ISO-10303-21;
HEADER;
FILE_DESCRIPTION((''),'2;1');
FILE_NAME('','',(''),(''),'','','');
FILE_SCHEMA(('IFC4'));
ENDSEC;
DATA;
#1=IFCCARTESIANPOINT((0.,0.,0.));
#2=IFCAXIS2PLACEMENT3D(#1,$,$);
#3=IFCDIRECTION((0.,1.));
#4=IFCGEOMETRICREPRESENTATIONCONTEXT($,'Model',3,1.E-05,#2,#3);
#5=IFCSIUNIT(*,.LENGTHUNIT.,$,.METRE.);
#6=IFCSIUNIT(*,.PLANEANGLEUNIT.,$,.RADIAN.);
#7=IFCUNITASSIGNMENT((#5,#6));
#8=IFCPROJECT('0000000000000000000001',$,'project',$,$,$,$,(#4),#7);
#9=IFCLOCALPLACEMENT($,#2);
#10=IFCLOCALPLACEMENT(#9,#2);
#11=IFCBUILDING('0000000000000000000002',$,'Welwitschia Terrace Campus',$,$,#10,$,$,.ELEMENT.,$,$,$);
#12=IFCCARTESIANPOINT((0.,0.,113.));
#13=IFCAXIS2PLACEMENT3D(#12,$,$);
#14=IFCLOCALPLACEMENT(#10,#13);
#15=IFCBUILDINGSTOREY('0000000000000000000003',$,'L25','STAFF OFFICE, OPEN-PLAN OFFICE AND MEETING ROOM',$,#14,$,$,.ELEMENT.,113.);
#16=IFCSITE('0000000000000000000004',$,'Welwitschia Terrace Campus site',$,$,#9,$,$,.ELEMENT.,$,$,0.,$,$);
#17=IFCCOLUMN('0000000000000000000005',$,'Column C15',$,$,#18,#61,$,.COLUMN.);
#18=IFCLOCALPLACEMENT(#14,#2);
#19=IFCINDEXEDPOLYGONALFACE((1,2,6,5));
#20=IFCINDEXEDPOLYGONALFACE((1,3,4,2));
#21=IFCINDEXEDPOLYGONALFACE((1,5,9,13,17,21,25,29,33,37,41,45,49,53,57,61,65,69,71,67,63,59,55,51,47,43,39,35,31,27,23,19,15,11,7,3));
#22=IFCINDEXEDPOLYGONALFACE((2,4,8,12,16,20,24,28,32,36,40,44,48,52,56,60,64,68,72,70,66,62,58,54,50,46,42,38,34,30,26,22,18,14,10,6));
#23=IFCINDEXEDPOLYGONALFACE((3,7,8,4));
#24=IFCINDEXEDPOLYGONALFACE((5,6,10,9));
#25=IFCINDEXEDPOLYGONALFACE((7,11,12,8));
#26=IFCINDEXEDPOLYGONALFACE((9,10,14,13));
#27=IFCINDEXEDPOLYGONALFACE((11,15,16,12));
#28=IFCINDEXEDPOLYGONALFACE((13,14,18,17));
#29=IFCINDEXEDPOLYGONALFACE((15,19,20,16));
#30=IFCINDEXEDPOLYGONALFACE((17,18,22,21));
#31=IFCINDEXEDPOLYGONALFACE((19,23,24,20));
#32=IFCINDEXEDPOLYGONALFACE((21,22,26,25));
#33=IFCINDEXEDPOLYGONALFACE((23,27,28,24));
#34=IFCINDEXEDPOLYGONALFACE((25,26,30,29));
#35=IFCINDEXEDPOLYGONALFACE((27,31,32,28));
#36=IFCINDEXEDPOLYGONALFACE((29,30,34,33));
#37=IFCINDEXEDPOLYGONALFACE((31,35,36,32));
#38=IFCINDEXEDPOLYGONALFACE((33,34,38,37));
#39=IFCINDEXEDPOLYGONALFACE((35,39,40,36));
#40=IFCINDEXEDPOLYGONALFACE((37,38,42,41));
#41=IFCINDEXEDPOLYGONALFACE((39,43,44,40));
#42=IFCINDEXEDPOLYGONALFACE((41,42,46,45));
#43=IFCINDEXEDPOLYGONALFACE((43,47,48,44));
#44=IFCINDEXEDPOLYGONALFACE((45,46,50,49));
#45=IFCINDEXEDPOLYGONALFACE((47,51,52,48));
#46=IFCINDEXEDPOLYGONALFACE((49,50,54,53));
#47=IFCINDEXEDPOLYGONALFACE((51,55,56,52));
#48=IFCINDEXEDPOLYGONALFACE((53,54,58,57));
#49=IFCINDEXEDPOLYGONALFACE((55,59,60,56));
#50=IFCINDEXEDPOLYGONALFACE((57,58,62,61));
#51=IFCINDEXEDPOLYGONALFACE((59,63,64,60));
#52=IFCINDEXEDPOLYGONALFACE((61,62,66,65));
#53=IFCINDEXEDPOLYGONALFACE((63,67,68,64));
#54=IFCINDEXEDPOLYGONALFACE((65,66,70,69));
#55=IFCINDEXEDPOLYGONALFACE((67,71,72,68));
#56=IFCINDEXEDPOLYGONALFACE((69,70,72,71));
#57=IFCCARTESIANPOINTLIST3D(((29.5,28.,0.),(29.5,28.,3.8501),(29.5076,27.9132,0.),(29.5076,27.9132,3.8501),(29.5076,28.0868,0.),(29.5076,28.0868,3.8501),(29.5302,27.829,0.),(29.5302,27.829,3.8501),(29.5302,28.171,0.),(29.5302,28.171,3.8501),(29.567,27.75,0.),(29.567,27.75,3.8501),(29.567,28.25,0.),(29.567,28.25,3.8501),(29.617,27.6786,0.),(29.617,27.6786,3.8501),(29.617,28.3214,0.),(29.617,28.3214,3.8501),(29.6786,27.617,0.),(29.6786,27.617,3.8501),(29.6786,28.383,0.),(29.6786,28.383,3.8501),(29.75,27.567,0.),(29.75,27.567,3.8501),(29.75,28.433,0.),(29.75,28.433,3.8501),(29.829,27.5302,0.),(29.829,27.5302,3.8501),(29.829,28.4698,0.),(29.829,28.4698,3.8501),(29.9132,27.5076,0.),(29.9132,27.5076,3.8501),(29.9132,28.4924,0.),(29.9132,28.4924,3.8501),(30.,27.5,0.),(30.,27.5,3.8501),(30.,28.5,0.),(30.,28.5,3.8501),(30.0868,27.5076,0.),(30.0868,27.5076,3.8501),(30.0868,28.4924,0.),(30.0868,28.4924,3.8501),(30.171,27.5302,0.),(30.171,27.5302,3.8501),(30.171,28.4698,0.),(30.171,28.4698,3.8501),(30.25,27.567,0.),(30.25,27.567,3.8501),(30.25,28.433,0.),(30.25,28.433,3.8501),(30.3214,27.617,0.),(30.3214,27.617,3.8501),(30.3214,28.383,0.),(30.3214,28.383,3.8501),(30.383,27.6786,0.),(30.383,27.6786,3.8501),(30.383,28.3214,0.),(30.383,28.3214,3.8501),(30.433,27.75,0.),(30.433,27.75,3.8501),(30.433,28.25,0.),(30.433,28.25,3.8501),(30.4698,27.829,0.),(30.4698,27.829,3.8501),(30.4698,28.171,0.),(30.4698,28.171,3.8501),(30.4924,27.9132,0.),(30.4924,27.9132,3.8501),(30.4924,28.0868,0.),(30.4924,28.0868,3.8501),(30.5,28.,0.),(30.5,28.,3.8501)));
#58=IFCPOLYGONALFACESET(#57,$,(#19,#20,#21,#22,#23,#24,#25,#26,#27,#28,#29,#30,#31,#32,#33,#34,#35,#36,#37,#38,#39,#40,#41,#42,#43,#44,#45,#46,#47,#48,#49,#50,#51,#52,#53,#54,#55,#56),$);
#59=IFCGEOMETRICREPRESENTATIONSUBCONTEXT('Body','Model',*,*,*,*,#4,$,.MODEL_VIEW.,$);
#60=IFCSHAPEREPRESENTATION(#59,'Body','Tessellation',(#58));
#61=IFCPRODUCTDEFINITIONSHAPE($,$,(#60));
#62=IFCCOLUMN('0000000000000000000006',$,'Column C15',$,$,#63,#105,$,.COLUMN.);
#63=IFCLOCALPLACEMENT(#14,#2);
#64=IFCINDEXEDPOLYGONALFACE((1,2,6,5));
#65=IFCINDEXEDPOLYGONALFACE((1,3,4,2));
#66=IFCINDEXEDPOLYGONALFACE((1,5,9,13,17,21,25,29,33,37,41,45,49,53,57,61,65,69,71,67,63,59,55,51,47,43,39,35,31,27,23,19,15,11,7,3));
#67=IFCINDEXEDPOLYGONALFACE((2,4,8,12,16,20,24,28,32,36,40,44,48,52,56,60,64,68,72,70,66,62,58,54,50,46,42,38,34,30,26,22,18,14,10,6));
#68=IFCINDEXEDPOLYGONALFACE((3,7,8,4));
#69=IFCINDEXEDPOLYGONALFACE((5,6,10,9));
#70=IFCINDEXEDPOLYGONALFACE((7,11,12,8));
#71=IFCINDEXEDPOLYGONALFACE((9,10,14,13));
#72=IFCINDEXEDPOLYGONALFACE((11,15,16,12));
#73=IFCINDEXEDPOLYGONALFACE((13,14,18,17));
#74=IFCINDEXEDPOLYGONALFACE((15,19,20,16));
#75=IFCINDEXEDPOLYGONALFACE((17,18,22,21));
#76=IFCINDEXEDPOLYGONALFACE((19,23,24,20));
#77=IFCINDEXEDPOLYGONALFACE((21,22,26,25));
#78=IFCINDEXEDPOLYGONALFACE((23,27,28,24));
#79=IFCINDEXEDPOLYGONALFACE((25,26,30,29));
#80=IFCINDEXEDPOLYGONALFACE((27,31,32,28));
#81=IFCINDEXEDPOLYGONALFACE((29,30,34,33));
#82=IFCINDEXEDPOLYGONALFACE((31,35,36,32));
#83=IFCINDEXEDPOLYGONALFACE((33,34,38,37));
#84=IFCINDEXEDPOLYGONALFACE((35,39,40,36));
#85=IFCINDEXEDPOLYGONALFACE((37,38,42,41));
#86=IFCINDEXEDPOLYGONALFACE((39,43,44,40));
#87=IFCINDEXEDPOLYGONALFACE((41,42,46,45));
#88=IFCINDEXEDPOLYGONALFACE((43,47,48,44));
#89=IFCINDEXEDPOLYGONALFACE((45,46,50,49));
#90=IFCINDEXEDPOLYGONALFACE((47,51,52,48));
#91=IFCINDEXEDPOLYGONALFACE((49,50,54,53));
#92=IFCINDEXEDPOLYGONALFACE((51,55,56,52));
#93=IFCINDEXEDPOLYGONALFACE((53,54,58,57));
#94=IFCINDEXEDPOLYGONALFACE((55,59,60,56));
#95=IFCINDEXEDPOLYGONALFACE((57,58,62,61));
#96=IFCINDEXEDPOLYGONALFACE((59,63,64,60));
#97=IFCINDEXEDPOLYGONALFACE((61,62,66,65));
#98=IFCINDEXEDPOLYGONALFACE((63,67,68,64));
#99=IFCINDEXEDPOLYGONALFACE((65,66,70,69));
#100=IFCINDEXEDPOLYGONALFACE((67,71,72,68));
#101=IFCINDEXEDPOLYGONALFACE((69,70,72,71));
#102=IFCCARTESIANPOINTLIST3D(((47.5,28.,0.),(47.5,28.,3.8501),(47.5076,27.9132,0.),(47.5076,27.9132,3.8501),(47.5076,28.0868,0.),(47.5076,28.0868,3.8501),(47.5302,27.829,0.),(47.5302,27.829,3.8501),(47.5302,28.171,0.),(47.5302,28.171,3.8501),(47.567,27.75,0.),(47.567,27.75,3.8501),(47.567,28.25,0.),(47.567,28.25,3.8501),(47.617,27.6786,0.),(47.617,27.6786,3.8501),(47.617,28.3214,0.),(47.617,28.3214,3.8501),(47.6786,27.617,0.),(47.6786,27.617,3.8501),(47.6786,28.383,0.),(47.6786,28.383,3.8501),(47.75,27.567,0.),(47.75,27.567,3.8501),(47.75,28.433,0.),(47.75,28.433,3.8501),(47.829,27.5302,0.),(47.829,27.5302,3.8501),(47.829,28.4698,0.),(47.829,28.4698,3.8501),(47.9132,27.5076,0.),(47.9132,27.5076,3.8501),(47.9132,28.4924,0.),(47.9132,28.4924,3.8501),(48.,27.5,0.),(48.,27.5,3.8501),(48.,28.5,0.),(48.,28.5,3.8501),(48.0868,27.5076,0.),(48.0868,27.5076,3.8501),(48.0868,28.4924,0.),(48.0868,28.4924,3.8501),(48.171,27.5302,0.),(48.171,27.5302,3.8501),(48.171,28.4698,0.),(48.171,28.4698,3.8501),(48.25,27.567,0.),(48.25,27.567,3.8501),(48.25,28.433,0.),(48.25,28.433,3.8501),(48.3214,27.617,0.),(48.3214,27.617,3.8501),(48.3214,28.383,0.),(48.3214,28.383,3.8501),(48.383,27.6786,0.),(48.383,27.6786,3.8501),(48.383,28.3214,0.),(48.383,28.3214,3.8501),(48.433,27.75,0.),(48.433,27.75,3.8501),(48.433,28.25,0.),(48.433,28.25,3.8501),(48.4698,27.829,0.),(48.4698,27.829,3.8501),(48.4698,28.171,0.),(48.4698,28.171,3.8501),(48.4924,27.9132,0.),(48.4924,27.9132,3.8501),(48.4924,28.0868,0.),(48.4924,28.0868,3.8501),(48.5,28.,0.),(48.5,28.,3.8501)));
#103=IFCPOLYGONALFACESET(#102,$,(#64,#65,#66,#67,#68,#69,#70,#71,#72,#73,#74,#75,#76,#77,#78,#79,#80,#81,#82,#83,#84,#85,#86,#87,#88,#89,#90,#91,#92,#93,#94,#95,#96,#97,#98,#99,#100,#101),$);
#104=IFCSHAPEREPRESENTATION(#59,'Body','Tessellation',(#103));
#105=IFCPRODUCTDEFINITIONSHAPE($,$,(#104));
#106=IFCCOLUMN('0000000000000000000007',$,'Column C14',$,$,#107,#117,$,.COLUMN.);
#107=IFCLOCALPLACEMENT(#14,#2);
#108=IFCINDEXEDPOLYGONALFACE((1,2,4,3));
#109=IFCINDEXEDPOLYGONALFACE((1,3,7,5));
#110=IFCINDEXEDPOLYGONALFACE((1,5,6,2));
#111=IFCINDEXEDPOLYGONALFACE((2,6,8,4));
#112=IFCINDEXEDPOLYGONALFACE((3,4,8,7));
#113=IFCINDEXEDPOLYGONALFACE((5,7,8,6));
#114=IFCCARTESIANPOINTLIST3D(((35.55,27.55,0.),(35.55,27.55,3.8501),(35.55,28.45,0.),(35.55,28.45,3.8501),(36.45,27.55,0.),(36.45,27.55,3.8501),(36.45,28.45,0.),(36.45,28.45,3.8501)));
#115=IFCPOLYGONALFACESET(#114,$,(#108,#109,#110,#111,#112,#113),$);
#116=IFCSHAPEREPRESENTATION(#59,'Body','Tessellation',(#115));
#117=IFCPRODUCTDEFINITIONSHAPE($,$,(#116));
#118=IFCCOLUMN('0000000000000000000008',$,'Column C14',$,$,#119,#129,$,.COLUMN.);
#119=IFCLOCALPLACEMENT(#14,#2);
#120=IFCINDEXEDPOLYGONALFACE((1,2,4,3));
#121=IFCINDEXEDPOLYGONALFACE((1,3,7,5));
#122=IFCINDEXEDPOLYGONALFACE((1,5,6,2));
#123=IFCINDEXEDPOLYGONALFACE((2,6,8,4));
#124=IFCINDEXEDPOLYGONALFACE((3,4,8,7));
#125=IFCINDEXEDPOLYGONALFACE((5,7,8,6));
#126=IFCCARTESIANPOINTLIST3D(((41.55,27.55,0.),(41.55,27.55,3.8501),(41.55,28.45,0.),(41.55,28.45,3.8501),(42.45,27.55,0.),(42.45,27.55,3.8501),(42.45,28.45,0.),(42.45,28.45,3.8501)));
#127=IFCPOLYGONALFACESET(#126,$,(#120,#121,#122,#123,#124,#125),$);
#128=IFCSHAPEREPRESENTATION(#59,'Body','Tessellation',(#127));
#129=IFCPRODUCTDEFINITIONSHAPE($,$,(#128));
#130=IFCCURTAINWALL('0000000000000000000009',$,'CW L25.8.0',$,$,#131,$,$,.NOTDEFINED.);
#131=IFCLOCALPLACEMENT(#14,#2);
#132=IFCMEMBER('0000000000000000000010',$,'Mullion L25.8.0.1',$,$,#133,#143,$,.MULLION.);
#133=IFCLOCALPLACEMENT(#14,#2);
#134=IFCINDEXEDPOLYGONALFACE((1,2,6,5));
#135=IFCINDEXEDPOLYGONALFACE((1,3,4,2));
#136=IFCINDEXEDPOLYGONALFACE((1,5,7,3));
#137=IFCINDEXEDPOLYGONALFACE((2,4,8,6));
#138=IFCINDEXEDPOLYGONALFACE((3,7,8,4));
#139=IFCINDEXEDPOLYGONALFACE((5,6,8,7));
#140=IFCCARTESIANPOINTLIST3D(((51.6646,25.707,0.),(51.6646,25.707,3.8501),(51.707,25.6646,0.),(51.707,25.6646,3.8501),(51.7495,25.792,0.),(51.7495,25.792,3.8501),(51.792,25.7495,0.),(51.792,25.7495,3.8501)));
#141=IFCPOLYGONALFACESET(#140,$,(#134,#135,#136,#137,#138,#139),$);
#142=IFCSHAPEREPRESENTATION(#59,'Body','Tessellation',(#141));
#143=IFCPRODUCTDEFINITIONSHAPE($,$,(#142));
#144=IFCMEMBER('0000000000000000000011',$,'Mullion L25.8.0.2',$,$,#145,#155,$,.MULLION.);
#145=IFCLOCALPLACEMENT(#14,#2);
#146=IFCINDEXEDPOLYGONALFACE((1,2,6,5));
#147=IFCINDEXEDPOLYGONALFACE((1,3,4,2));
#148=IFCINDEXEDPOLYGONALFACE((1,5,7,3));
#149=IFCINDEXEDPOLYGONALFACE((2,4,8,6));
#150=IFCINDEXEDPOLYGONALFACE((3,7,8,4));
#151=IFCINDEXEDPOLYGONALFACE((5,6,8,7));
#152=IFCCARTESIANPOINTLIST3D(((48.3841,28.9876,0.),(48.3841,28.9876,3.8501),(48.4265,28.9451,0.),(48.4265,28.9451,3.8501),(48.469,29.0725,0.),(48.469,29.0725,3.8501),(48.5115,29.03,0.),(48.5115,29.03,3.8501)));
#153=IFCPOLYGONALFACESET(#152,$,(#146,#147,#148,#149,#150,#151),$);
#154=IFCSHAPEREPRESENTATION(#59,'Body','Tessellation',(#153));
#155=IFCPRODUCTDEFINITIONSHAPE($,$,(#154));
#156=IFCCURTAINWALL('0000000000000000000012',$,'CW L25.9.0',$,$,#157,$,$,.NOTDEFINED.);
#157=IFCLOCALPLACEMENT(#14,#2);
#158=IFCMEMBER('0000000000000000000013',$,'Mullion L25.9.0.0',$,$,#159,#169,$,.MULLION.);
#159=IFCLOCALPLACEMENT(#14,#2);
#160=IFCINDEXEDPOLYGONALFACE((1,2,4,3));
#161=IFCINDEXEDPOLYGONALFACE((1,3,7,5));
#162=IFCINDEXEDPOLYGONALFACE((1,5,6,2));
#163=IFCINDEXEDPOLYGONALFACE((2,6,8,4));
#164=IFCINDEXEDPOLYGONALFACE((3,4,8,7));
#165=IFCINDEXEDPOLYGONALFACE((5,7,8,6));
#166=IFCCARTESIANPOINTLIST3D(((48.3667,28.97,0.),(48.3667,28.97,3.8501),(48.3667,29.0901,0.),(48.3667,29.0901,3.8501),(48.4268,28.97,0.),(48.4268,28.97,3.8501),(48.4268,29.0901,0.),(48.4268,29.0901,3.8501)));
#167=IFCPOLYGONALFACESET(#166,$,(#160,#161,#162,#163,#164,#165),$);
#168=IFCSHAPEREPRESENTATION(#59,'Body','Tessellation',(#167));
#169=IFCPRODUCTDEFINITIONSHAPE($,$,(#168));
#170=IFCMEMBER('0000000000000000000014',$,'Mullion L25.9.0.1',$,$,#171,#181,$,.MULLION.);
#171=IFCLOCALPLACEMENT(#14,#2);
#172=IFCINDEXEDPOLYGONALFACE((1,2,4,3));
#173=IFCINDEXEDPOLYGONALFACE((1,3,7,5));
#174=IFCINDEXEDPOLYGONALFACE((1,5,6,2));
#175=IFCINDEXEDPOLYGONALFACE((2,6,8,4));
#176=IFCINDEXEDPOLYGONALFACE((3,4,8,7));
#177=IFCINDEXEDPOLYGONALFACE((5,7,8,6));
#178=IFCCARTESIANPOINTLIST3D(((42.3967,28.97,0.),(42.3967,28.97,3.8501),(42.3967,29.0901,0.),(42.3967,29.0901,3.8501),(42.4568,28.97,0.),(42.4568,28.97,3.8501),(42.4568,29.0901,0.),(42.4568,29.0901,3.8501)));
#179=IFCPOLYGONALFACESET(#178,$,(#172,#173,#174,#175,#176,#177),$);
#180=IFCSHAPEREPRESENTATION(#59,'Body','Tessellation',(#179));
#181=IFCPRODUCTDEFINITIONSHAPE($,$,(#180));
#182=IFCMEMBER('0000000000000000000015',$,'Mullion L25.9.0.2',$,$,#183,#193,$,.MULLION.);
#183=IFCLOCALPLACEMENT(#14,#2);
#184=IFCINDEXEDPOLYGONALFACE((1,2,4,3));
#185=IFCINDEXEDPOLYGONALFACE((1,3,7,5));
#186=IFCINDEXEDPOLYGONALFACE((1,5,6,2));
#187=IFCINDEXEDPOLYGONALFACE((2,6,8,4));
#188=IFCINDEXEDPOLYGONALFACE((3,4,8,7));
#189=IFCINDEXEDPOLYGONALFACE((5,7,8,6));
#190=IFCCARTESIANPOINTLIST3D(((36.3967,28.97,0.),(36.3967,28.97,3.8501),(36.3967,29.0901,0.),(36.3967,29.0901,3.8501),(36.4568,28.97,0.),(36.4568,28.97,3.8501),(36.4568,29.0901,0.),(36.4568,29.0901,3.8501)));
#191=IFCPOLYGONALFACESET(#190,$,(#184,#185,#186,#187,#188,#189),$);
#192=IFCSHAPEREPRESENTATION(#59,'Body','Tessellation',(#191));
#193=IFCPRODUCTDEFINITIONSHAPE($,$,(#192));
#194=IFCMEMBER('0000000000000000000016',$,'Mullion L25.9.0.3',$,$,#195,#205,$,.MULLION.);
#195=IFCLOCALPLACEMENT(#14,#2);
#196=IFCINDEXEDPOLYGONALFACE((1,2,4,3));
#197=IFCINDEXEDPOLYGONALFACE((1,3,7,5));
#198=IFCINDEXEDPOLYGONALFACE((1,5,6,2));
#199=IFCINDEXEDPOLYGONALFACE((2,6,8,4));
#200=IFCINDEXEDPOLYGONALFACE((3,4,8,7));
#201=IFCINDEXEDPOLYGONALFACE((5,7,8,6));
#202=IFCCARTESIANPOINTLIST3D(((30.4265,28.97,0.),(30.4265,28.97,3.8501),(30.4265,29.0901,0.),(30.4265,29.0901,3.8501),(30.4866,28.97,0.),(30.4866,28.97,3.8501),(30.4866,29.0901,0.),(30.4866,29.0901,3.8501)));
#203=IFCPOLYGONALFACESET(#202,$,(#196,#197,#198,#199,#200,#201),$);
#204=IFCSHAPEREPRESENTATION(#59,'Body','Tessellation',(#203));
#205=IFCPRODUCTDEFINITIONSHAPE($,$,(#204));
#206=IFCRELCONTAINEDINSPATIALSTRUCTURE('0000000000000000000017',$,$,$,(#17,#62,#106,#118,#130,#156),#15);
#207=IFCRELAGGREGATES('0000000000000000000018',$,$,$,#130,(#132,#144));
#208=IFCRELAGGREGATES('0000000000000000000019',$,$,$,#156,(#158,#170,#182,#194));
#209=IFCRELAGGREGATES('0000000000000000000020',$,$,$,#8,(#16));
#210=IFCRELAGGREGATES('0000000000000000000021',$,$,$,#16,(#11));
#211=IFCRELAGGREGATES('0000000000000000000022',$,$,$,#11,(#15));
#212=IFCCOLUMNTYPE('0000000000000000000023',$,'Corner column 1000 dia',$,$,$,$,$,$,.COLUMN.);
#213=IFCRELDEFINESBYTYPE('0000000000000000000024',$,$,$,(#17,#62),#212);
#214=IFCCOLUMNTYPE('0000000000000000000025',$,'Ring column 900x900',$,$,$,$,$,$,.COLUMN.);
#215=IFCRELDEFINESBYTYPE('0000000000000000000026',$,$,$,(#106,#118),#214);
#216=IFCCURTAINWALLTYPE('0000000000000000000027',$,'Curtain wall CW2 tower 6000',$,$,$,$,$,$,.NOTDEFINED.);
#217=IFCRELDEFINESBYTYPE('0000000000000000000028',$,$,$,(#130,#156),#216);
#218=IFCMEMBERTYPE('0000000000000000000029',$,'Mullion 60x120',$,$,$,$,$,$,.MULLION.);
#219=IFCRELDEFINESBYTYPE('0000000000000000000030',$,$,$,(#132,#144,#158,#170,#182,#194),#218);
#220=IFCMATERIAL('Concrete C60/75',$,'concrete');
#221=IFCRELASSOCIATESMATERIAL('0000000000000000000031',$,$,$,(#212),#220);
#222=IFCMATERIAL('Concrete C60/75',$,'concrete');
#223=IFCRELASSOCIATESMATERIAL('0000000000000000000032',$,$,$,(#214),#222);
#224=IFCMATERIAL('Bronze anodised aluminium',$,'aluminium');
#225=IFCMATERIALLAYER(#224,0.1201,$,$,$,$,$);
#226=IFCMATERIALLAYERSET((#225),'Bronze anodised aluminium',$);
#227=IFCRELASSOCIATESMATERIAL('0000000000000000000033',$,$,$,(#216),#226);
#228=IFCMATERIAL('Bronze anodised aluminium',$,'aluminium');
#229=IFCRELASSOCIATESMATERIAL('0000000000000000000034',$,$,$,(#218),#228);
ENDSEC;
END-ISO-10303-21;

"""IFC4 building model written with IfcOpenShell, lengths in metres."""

from ifc_helpers import new_model, si_unit, direction, frame, origin, origin_2d, place, context, subcontext, project, spatial, rectangle, circle, extrude, material, layer, layer_set, material_profile, profile_set, type_object, element, aggregate, save


model = new_model("IFC4")

# Units and contexts
model_context = context("Model", 3, precision=1e-05, world=origin(), true_north=direction((0.0, 1.0)))
body_context = subcontext(model_context, "Body", "Model", "MODEL_VIEW")
ifc_project = project(units=[si_unit("LENGTHUNIT", "METRE"), si_unit("PLANEANGLEUNIT", "RADIAN")], contexts=[model_context])

# Site, building, storey
site_placement = place(None, origin())
site = spatial("IfcSite", under=ifc_project, at=site_placement, Name="Welwitschia Terrace Campus site", CompositionType="ELEMENT", RefElevation=0.0)
building_placement = place(site_placement, origin())
building = spatial("IfcBuilding", under=site, at=building_placement, Name="Welwitschia Terrace Campus", CompositionType="ELEMENT")
storey_placement = place(building_placement, frame((0.0, 0.0, 113.0)))
storey = spatial("IfcBuildingStorey", under=building, at=storey_placement, Name="L25", Description="STAFF OFFICE, OPEN-PLAN OFFICE AND MEETING ROOM", CompositionType="ELEMENT", Elevation=113.0)

# Columns
ifc_material_1 = material(Name="Concrete C60/75", Category="concrete")
ifc_material_profile_1 = material_profile(ifc_material_1, circle(Radius=0.5, at=origin_2d()))
ifc_profile_set_1 = profile_set([ifc_material_profile_1], Name="Concrete C60/75")
column_type_1 = type_object("IfcColumnType", Name="Corner column 1000 dia", PredefinedType="COLUMN", material=ifc_profile_set_1)
for number, where, z_axis, x_axis, name in (
    (1, (30.0, 28.0, 0.0), (0.0, 0.0, 1.0), (1.0, 0.0, 0.0), "Column C15"),
    (2, (48.0, 28.0, 0.0), (0.0, 0.0, 1.0), (1.0, 0.0, 0.0), "Column C15"),
):
    element("IfcColumn", number, at=place(storey_placement, frame(where, z_axis=z_axis, x_axis=x_axis)), inside=storey, type_object=column_type_1, Name=name, PredefinedType="COLUMN", context=body_context, shape_type="SweptSolid", body=[
        extrude(circle(Radius=0.5, at=origin_2d()), origin(), (0.0, 0.0, 1.0), 3.8501),
    ])
ifc_material_2 = material(Name="Concrete C60/75", Category="concrete")
ifc_material_profile_2 = material_profile(ifc_material_2, rectangle(XDim=0.8999, YDim=0.8999, at=origin_2d()))
ifc_profile_set_2 = profile_set([ifc_material_profile_2], Name="Concrete C60/75")
column_type_2 = type_object("IfcColumnType", Name="Ring column 900x900", PredefinedType="COLUMN", material=ifc_profile_set_2)
for number, where, z_axis, x_axis, name in (
    (3, (36.0, 28.0, 0.0), (0.0, 0.0, 1.0), (1.0, 0.0, 0.0), "Column C14"),
    (4, (42.0, 28.0, 0.0), (0.0, 0.0, 1.0), (1.0, 0.0, 0.0), "Column C14"),
):
    element("IfcColumn", number, at=place(storey_placement, frame(where, z_axis=z_axis, x_axis=x_axis)), inside=storey, type_object=column_type_2, Name=name, PredefinedType="COLUMN", context=body_context, shape_type="SweptSolid", body=[
        extrude(rectangle(XDim=0.8999, YDim=0.8999, at=origin_2d()), origin(), (0.0, 0.0, 1.0), 3.8501),
    ])

# Curtain walls, members
ifc_material_3 = material(Name="Bronze anodised aluminium", Category="aluminium")
ifc_layer_1 = layer(ifc_material_3, 0.1201)
ifc_layer_set_1 = layer_set([ifc_layer_1], Name="Bronze anodised aluminium")
curtain_wall_type = type_object("IfcCurtainWallType", Name="Curtain wall CW2 tower 6000", PredefinedType="NOTDEFINED", material=ifc_layer_set_1)
curtain_wall_1_placement = place(storey_placement, origin())
curtain_wall_1 = element("IfcCurtainWall", 5, at=curtain_wall_1_placement, inside=storey, type_object=curtain_wall_type, Name="CW L25.8.0", PredefinedType="NOTDEFINED")
ifc_material_4 = material(Name="Bronze anodised aluminium", Category="aluminium")
ifc_material_profile_3 = material_profile(ifc_material_4, rectangle(XDim=0.1201, YDim=0.0601, at=origin_2d()))
ifc_profile_set_3 = profile_set([ifc_material_profile_3], Name="Bronze anodised aluminium")
member_type_1 = type_object("IfcMemberType", Name="Mullion 60x120", PredefinedType="MULLION", material=ifc_profile_set_3)
member_1_placement = place(storey_placement, frame((51.7283, 25.7283, 0.0), z_axis=(0.0, 0.0, 1.0), x_axis=(-0.707107, -0.707107, 0.0)))
member_1 = element("IfcMember", 6, at=member_1_placement, type_object=member_type_1, Name="Mullion L25.8.0.1", PredefinedType="MULLION", context=body_context, shape_type="SweptSolid", body=[
    extrude(rectangle(XDim=0.1201, YDim=0.0601, at=origin_2d()), origin(), (0.0, 0.0, 1.0), 3.8501),
])
member_2_placement = place(storey_placement, frame((48.4478, 29.0088, 0.0), z_axis=(0.0, 0.0, 1.0), x_axis=(-0.707107, -0.707107, 0.0)))
member_2 = element("IfcMember", 7, at=member_2_placement, type_object=member_type_1, Name="Mullion L25.8.0.2", PredefinedType="MULLION", context=body_context, shape_type="SweptSolid", body=[
    extrude(rectangle(XDim=0.1201, YDim=0.0601, at=origin_2d()), origin(), (0.0, 0.0, 1.0), 3.8501),
])
curtain_wall_2_placement = place(storey_placement, origin())
curtain_wall_2 = element("IfcCurtainWall", 8, at=curtain_wall_2_placement, inside=storey, type_object=curtain_wall_type, Name="CW L25.9.0", PredefinedType="NOTDEFINED")
member_3_placement = place(storey_placement, frame((48.3967, 29.03, 0.0), z_axis=(0.0, 0.0, 1.0), x_axis=(0.0, -1.0, 0.0)))
member_3 = element("IfcMember", 9, at=member_3_placement, type_object=member_type_1, Name="Mullion L25.9.0.0", PredefinedType="MULLION", context=body_context, shape_type="SweptSolid", body=[
    extrude(rectangle(XDim=0.1201, YDim=0.0601, at=origin_2d()), origin(), (0.0, 0.0, 1.0), 3.8501),
])
member_4_placement = place(storey_placement, frame((42.4268, 29.03, 0.0), z_axis=(0.0, 0.0, 1.0), x_axis=(0.0, -1.0, 0.0)))
member_4 = element("IfcMember", 10, at=member_4_placement, type_object=member_type_1, Name="Mullion L25.9.0.1", PredefinedType="MULLION", context=body_context, shape_type="SweptSolid", body=[
    extrude(rectangle(XDim=0.1201, YDim=0.0601, at=origin_2d()), origin(), (0.0, 0.0, 1.0), 3.8501),
])
member_5_placement = place(storey_placement, frame((36.4268, 29.03, 0.0), z_axis=(0.0, 0.0, 1.0), x_axis=(0.0, -1.0, 0.0)))
member_5 = element("IfcMember", 11, at=member_5_placement, type_object=member_type_1, Name="Mullion L25.9.0.2", PredefinedType="MULLION", context=body_context, shape_type="SweptSolid", body=[
    extrude(rectangle(XDim=0.1201, YDim=0.0601, at=origin_2d()), origin(), (0.0, 0.0, 1.0), 3.8501),
])
member_6_placement = place(storey_placement, frame((30.4565, 29.03, 0.0), z_axis=(0.0, 0.0, 1.0), x_axis=(0.0, -1.0, 0.0)))
member_6 = element("IfcMember", 12, at=member_6_placement, type_object=member_type_1, Name="Mullion L25.9.0.3", PredefinedType="MULLION", context=body_context, shape_type="SweptSolid", body=[
    extrude(rectangle(XDim=0.1201, YDim=0.0601, at=origin_2d()), origin(), (0.0, 0.0, 1.0), 3.8501),
])

aggregate(curtain_wall_1, [member_1, member_2])
aggregate(curtain_wall_2, [member_3, member_4, member_5, member_6])

save(model, "model.ifc")
